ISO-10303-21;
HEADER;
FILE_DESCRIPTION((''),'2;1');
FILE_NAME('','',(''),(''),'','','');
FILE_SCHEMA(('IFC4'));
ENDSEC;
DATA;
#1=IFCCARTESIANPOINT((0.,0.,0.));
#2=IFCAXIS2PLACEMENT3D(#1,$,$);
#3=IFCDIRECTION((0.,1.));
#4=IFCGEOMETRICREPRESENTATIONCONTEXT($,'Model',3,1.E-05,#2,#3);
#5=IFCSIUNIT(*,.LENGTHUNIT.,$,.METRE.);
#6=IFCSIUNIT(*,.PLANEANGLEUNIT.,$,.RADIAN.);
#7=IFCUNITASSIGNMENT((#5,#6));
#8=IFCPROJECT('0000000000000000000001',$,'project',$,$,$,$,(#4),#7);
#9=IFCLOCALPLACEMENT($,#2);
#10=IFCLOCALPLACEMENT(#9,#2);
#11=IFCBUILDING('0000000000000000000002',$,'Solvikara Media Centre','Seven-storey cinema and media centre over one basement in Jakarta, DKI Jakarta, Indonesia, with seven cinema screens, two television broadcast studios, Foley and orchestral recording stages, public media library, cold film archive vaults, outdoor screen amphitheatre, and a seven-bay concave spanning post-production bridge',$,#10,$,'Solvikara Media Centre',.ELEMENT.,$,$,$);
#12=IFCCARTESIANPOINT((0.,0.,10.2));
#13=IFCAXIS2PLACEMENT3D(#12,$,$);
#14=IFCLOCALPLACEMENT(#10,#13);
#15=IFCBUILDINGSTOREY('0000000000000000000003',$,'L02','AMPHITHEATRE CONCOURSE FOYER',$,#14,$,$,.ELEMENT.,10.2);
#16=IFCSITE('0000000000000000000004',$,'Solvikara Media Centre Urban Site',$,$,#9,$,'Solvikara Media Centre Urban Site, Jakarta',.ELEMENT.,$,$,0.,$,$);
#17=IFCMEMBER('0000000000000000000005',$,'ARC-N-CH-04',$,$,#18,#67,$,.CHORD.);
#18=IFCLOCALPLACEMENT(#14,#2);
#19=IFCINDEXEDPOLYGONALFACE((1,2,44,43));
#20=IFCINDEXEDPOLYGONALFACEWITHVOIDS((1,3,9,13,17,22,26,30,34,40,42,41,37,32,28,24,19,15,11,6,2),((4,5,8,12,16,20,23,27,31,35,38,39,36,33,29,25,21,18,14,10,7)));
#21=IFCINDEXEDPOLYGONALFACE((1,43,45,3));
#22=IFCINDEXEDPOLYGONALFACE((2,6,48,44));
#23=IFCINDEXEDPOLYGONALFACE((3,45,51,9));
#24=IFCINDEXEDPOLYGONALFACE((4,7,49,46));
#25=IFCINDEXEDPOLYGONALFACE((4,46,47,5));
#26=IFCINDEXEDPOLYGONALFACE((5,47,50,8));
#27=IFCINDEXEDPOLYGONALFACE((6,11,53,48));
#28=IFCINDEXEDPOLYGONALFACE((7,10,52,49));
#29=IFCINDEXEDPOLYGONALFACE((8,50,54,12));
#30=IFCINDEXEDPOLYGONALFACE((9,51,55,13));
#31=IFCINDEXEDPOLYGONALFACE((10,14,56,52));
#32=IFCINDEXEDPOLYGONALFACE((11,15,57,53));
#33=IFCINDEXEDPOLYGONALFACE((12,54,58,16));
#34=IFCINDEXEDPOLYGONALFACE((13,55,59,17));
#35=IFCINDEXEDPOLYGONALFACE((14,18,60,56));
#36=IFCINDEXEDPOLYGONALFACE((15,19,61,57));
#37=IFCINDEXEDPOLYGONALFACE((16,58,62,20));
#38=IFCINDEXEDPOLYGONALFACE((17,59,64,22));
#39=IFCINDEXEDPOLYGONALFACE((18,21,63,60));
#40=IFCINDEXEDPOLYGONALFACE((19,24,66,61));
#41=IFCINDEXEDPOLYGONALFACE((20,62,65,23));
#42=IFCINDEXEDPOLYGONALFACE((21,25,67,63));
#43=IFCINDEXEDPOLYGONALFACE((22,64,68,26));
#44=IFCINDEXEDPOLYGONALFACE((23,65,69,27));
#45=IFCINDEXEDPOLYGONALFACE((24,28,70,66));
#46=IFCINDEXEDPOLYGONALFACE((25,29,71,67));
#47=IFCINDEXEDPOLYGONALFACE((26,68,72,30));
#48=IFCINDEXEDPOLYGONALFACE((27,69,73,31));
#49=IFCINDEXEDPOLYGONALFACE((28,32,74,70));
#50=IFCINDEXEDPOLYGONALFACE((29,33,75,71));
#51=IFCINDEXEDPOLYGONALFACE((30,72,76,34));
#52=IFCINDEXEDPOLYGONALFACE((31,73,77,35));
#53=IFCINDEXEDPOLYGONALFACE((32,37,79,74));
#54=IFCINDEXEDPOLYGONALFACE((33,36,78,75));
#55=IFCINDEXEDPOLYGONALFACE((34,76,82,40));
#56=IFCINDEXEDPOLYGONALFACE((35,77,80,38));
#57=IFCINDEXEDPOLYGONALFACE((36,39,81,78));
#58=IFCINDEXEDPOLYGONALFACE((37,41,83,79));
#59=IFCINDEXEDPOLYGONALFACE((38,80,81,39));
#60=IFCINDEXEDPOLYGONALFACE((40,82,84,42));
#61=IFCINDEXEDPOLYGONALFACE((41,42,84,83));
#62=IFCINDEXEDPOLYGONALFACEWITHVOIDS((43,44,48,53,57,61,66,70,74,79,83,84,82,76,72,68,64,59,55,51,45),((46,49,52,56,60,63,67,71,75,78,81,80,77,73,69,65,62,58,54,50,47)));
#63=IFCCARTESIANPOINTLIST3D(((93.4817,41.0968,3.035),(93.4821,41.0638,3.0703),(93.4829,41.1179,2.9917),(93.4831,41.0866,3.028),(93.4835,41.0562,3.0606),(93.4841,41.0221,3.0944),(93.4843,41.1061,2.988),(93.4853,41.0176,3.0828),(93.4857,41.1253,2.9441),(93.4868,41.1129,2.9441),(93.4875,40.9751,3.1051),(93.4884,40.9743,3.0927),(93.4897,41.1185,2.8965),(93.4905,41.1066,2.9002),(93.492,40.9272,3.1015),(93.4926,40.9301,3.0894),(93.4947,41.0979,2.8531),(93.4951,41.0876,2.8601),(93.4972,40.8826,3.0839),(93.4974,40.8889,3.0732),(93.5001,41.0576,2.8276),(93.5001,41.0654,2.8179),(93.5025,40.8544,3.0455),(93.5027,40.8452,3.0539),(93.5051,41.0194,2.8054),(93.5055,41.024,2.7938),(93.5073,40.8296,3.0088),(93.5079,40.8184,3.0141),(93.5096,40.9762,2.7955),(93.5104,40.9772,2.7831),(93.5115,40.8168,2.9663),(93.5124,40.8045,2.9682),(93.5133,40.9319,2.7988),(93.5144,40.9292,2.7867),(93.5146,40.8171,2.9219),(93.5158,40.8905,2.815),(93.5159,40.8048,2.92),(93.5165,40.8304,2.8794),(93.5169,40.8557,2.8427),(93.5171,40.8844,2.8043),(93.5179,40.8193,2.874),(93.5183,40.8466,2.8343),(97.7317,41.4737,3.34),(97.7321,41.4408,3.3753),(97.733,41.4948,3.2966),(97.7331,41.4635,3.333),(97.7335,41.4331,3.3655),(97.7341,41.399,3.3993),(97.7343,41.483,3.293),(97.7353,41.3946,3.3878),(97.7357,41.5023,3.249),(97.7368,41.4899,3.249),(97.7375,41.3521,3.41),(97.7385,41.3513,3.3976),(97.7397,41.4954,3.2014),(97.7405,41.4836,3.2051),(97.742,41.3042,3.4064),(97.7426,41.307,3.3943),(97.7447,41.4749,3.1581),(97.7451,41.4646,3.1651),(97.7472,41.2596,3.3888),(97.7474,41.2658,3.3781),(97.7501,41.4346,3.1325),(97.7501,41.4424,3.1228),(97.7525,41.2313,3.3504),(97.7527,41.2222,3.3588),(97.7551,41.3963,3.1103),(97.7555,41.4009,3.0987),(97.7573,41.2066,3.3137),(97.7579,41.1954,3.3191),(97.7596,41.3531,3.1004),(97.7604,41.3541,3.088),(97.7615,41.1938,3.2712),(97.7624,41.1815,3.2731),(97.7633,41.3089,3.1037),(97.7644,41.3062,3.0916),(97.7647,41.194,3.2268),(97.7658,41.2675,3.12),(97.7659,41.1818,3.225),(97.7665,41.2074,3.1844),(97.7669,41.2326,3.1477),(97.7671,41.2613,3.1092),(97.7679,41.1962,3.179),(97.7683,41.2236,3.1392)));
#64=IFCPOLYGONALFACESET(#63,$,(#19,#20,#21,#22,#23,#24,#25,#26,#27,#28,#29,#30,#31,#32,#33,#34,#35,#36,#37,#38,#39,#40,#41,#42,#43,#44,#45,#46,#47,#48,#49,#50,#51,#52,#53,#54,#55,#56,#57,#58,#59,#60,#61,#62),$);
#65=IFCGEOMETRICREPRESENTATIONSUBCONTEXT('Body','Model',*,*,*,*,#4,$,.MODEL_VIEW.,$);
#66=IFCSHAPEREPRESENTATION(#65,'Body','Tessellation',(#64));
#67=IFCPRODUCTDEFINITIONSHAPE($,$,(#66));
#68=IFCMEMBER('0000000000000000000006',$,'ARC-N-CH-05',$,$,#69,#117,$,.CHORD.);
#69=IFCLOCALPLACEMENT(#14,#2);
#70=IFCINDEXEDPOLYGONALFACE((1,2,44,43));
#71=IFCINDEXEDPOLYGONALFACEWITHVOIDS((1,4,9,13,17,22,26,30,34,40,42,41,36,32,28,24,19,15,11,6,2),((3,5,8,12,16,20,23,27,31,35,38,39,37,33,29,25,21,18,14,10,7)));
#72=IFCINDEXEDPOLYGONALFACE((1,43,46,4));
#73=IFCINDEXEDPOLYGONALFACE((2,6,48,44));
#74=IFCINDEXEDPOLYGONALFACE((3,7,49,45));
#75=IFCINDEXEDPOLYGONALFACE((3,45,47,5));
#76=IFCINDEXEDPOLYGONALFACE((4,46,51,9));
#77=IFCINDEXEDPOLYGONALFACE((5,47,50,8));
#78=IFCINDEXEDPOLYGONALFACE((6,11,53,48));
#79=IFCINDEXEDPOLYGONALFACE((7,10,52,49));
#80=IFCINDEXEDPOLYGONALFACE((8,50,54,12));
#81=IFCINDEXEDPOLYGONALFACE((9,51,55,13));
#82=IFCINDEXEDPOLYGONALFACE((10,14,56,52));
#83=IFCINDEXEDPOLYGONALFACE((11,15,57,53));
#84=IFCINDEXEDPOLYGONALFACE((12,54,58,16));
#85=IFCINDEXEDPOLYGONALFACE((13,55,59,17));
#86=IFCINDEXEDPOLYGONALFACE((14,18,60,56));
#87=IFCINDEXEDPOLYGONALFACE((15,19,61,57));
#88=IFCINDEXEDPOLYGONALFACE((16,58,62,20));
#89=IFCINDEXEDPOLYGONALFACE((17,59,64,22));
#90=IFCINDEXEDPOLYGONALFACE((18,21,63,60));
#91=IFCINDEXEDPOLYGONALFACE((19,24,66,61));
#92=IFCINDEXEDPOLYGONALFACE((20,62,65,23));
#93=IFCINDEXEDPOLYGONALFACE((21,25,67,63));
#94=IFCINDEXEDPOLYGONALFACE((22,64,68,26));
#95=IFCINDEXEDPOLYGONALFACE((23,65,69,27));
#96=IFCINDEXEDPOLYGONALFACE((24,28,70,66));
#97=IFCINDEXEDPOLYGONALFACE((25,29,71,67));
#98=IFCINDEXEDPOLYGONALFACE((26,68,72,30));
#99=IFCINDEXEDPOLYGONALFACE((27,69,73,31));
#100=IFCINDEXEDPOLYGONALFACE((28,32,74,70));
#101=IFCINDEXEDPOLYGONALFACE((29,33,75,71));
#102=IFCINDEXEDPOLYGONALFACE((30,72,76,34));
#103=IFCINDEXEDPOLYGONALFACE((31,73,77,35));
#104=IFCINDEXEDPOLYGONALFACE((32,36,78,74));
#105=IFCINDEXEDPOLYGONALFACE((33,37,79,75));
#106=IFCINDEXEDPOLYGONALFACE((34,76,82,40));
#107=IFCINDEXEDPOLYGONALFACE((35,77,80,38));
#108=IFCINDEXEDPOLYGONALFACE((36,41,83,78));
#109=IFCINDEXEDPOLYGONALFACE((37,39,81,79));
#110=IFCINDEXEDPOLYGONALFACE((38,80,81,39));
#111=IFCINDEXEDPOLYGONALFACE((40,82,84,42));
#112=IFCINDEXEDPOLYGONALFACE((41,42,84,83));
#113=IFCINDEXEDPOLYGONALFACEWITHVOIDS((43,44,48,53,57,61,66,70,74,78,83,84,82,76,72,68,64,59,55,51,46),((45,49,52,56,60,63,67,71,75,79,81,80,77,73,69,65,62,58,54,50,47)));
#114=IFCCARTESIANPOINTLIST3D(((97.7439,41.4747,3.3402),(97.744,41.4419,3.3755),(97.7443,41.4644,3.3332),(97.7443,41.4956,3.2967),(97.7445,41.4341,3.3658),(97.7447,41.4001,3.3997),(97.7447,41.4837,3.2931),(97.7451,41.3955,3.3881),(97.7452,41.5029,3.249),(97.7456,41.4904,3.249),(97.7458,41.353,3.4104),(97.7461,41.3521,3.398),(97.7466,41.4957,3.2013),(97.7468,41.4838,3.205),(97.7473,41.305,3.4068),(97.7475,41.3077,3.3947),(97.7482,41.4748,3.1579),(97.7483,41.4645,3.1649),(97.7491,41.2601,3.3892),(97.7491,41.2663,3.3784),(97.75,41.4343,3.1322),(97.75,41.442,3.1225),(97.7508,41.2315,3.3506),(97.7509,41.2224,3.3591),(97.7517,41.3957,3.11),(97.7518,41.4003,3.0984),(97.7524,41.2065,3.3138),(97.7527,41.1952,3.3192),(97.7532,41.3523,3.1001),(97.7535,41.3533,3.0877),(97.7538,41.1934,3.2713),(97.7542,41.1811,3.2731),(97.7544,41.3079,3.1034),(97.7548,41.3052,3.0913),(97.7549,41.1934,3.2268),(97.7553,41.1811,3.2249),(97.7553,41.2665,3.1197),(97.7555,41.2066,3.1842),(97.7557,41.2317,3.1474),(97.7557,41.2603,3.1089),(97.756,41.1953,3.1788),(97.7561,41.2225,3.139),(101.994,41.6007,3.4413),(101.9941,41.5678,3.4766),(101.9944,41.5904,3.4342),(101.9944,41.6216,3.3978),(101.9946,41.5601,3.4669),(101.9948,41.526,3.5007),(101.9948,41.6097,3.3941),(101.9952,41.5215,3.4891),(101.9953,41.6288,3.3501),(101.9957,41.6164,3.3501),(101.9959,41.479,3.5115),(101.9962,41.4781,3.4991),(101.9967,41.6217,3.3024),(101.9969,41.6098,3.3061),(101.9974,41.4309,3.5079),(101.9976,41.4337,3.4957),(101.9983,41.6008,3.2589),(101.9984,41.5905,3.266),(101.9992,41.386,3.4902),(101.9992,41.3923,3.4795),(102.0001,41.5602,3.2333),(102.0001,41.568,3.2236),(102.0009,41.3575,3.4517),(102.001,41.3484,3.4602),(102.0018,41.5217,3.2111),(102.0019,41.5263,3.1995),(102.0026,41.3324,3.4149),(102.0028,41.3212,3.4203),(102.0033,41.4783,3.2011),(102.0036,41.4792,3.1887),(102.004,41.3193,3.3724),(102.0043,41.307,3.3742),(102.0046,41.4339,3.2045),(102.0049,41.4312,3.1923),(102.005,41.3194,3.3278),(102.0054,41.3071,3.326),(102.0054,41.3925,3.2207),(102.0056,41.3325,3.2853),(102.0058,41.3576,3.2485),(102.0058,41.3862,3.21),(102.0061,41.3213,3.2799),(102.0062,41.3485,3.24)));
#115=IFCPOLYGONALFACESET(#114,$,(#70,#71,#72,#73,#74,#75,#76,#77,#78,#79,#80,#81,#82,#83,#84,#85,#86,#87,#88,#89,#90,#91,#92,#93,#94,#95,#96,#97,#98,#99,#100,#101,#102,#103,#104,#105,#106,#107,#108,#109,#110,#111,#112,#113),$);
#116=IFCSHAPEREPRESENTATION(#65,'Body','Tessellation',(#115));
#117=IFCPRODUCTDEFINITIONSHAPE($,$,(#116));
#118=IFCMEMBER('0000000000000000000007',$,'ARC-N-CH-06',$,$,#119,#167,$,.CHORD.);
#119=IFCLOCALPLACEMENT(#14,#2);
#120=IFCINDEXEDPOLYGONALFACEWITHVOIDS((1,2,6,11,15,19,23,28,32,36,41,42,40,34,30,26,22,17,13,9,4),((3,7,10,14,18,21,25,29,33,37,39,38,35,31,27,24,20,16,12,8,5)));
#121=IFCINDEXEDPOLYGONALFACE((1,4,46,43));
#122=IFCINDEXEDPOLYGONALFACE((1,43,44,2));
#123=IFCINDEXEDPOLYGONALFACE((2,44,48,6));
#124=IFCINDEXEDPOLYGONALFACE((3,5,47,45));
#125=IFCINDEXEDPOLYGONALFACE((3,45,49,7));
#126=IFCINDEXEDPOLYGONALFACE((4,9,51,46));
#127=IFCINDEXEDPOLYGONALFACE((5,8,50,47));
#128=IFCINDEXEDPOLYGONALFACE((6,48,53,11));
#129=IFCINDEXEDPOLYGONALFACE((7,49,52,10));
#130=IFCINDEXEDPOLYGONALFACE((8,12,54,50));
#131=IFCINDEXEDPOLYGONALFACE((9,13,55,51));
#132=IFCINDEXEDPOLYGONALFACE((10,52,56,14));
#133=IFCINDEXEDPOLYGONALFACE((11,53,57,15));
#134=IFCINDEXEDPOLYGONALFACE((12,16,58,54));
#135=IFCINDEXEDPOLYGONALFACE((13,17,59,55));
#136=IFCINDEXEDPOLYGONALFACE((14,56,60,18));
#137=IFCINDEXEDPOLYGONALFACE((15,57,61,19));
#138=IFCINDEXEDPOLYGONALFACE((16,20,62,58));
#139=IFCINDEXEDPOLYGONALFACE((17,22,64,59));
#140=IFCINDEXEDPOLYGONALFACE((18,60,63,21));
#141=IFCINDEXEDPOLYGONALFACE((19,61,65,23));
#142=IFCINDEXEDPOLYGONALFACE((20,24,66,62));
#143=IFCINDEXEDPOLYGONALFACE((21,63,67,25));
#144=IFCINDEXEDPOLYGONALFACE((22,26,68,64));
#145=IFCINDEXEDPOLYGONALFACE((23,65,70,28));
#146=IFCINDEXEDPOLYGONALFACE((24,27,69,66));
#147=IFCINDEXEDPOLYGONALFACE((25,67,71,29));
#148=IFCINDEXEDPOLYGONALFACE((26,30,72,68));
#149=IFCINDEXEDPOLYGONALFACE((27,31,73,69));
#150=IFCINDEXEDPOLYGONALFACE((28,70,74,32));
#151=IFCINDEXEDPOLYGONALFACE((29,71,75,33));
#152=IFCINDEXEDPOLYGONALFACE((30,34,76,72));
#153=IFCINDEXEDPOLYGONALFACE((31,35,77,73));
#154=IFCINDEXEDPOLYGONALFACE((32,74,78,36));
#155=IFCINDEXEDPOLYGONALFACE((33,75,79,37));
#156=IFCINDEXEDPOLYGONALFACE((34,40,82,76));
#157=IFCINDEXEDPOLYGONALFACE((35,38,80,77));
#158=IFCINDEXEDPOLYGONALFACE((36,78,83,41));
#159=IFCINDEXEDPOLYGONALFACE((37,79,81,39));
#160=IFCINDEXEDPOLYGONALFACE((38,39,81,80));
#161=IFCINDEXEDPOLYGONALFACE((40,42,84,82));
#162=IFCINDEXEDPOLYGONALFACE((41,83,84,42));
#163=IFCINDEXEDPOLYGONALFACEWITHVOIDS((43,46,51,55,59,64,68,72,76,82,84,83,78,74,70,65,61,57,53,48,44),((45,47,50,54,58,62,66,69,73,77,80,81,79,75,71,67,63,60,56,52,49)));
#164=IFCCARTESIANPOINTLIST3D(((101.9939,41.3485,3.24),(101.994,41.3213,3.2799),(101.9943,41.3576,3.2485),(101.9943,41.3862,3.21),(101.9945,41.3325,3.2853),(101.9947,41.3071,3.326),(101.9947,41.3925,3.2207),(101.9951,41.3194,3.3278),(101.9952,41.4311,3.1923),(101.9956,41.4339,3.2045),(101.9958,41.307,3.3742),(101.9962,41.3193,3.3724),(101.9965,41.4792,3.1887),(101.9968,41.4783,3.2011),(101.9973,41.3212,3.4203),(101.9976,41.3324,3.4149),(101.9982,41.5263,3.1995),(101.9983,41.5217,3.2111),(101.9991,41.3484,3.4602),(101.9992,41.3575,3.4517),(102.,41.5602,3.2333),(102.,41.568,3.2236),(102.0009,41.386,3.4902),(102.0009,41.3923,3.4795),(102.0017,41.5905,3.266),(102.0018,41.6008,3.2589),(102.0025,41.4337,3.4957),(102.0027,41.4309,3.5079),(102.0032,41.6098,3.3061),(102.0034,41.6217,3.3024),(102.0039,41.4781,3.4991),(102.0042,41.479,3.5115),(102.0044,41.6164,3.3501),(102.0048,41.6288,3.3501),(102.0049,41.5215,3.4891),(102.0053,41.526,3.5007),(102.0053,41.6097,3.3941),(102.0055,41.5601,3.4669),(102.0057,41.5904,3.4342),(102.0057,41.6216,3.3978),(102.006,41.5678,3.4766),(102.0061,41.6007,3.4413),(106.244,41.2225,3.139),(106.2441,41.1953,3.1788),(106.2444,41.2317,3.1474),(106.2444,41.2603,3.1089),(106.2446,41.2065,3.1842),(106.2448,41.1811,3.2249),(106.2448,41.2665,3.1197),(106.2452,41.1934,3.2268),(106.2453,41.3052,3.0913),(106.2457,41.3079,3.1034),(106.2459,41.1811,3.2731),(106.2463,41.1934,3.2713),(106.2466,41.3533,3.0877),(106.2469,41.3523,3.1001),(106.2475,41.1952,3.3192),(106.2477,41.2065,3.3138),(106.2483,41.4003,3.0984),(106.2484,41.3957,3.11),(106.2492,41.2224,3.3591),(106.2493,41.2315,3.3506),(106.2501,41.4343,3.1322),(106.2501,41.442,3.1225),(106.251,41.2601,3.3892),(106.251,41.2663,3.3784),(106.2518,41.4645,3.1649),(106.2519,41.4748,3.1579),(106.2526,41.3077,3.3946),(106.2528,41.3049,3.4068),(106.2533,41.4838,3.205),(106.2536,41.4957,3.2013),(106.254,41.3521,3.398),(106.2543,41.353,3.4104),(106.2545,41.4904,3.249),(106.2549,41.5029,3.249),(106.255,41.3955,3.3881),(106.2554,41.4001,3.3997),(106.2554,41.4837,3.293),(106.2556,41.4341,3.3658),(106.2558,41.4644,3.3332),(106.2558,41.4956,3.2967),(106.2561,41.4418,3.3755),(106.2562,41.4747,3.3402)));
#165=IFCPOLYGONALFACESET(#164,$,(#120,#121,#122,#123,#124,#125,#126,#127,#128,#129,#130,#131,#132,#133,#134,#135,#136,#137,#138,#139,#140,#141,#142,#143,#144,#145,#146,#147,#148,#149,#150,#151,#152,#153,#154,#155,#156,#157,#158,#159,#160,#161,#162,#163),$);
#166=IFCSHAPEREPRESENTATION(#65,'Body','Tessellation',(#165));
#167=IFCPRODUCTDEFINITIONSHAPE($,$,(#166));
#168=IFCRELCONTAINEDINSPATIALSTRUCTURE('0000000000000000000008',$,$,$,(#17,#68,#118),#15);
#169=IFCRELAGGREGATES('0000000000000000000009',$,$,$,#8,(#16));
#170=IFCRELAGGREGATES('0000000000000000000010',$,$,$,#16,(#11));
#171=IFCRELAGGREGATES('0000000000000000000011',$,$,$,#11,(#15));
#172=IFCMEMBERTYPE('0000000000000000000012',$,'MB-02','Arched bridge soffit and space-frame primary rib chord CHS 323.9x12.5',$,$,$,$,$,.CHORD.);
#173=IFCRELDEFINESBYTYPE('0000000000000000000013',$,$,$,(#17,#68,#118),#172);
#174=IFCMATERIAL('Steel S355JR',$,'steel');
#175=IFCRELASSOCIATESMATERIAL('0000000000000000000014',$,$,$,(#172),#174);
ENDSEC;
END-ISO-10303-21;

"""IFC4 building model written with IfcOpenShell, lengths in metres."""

from ifc_helpers import new_model, si_unit, direction, frame, origin, origin_2d, place, context, subcontext, project, spatial, hollow_circle, extrude, material, material_profile, profile_set, type_object, element, save


model = new_model("IFC4")

# Units and contexts
model_context = context("Model", 3, precision=1e-05, world=origin(), true_north=direction((0.0, 1.0)))
body_context = subcontext(model_context, "Body", "Model", "MODEL_VIEW")
ifc_project = project(units=[si_unit("LENGTHUNIT", "METRE"), si_unit("PLANEANGLEUNIT", "RADIAN")], contexts=[model_context])

# Site, building, storey
site_placement = place(None, origin())
site = spatial("IfcSite", under=ifc_project, at=site_placement, Name="Solvikara Media Centre Urban Site", LongName="Solvikara Media Centre Urban Site, Jakarta", CompositionType="ELEMENT", RefElevation=0.0)
building_placement = place(site_placement, origin())
building = spatial("IfcBuilding", under=site, at=building_placement, Name="Solvikara Media Centre", Description="Seven-storey cinema and media centre over one basement in Jakarta, DKI Jakarta, Indonesia, with seven cinema screens, two television broadcast studios, Foley and orchestral recording stages, public media library, cold film archive vaults, outdoor screen amphitheatre, and a seven-bay concave spanning post-production bridge", LongName="Solvikara Media Centre", CompositionType="ELEMENT")
storey_placement = place(building_placement, frame((0.0, 0.0, 10.2)))
storey = spatial("IfcBuildingStorey", under=building, at=storey_placement, Name="L02", Description="AMPHITHEATRE CONCOURSE FOYER", CompositionType="ELEMENT", Elevation=10.2)

# Members
ifc_material = material(Name="Steel S355JR", Category="steel")
ifc_material_profile_1 = material_profile(ifc_material, hollow_circle(Radius=0.1619, WallThickness=0.0125, at=origin_2d()), Name="CHS 323.9x12.5")
ifc_profile_set_1 = profile_set([ifc_material_profile_1], Name="Steel S355JR")
member_type_1 = type_object("IfcMemberType", Name="MB-02", Description="Arched bridge soffit and space-frame primary rib chord CHS 323.9x12.5", PredefinedType="CHORD", material=ifc_profile_set_1)
member_1_placement = place(storey_placement, frame((93.5, 40.9641, 2.9441), z_axis=(0.993556, 0.088123, 0.071286), x_axis=(-0.088348, 0.99609, 0.0)))
element("IfcMember", 1, at=member_1_placement, inside=storey, type_object=member_type_1, Name="ARC-N-CH-04", PredefinedType="CHORD", context=body_context, shape_type="SweptSolid", body=[
    extrude(hollow_circle(Radius=0.1619, WallThickness=0.0125, at=origin_2d()), origin(), (0.0, 0.0, 1.0), 4.2776),
])
for number, where, z_axis, x_axis, name in (
    (2, (97.75, 41.3411, 3.249), (0.999279, 0.02962, 0.023765), (-0.029629, 0.999561, 0.0), "ARC-N-CH-05"),
    (3, (102.0, 41.467, 3.3501), (0.999279, -0.02962, -0.023765), (0.029629, 0.999561, 0.0), "ARC-N-CH-06"),
):
    element("IfcMember", number, at=place(storey_placement, frame(where, z_axis=z_axis, x_axis=x_axis)), inside=storey, type_object=member_type_1, Name=name, PredefinedType="CHORD", context=body_context, shape_type="SweptSolid", body=[
        extrude(hollow_circle(Radius=0.1619, WallThickness=0.0125, at=origin_2d()), origin(), (0.0, 0.0, 1.0), 4.2532),
    ])

save(model, "model.ifc")
